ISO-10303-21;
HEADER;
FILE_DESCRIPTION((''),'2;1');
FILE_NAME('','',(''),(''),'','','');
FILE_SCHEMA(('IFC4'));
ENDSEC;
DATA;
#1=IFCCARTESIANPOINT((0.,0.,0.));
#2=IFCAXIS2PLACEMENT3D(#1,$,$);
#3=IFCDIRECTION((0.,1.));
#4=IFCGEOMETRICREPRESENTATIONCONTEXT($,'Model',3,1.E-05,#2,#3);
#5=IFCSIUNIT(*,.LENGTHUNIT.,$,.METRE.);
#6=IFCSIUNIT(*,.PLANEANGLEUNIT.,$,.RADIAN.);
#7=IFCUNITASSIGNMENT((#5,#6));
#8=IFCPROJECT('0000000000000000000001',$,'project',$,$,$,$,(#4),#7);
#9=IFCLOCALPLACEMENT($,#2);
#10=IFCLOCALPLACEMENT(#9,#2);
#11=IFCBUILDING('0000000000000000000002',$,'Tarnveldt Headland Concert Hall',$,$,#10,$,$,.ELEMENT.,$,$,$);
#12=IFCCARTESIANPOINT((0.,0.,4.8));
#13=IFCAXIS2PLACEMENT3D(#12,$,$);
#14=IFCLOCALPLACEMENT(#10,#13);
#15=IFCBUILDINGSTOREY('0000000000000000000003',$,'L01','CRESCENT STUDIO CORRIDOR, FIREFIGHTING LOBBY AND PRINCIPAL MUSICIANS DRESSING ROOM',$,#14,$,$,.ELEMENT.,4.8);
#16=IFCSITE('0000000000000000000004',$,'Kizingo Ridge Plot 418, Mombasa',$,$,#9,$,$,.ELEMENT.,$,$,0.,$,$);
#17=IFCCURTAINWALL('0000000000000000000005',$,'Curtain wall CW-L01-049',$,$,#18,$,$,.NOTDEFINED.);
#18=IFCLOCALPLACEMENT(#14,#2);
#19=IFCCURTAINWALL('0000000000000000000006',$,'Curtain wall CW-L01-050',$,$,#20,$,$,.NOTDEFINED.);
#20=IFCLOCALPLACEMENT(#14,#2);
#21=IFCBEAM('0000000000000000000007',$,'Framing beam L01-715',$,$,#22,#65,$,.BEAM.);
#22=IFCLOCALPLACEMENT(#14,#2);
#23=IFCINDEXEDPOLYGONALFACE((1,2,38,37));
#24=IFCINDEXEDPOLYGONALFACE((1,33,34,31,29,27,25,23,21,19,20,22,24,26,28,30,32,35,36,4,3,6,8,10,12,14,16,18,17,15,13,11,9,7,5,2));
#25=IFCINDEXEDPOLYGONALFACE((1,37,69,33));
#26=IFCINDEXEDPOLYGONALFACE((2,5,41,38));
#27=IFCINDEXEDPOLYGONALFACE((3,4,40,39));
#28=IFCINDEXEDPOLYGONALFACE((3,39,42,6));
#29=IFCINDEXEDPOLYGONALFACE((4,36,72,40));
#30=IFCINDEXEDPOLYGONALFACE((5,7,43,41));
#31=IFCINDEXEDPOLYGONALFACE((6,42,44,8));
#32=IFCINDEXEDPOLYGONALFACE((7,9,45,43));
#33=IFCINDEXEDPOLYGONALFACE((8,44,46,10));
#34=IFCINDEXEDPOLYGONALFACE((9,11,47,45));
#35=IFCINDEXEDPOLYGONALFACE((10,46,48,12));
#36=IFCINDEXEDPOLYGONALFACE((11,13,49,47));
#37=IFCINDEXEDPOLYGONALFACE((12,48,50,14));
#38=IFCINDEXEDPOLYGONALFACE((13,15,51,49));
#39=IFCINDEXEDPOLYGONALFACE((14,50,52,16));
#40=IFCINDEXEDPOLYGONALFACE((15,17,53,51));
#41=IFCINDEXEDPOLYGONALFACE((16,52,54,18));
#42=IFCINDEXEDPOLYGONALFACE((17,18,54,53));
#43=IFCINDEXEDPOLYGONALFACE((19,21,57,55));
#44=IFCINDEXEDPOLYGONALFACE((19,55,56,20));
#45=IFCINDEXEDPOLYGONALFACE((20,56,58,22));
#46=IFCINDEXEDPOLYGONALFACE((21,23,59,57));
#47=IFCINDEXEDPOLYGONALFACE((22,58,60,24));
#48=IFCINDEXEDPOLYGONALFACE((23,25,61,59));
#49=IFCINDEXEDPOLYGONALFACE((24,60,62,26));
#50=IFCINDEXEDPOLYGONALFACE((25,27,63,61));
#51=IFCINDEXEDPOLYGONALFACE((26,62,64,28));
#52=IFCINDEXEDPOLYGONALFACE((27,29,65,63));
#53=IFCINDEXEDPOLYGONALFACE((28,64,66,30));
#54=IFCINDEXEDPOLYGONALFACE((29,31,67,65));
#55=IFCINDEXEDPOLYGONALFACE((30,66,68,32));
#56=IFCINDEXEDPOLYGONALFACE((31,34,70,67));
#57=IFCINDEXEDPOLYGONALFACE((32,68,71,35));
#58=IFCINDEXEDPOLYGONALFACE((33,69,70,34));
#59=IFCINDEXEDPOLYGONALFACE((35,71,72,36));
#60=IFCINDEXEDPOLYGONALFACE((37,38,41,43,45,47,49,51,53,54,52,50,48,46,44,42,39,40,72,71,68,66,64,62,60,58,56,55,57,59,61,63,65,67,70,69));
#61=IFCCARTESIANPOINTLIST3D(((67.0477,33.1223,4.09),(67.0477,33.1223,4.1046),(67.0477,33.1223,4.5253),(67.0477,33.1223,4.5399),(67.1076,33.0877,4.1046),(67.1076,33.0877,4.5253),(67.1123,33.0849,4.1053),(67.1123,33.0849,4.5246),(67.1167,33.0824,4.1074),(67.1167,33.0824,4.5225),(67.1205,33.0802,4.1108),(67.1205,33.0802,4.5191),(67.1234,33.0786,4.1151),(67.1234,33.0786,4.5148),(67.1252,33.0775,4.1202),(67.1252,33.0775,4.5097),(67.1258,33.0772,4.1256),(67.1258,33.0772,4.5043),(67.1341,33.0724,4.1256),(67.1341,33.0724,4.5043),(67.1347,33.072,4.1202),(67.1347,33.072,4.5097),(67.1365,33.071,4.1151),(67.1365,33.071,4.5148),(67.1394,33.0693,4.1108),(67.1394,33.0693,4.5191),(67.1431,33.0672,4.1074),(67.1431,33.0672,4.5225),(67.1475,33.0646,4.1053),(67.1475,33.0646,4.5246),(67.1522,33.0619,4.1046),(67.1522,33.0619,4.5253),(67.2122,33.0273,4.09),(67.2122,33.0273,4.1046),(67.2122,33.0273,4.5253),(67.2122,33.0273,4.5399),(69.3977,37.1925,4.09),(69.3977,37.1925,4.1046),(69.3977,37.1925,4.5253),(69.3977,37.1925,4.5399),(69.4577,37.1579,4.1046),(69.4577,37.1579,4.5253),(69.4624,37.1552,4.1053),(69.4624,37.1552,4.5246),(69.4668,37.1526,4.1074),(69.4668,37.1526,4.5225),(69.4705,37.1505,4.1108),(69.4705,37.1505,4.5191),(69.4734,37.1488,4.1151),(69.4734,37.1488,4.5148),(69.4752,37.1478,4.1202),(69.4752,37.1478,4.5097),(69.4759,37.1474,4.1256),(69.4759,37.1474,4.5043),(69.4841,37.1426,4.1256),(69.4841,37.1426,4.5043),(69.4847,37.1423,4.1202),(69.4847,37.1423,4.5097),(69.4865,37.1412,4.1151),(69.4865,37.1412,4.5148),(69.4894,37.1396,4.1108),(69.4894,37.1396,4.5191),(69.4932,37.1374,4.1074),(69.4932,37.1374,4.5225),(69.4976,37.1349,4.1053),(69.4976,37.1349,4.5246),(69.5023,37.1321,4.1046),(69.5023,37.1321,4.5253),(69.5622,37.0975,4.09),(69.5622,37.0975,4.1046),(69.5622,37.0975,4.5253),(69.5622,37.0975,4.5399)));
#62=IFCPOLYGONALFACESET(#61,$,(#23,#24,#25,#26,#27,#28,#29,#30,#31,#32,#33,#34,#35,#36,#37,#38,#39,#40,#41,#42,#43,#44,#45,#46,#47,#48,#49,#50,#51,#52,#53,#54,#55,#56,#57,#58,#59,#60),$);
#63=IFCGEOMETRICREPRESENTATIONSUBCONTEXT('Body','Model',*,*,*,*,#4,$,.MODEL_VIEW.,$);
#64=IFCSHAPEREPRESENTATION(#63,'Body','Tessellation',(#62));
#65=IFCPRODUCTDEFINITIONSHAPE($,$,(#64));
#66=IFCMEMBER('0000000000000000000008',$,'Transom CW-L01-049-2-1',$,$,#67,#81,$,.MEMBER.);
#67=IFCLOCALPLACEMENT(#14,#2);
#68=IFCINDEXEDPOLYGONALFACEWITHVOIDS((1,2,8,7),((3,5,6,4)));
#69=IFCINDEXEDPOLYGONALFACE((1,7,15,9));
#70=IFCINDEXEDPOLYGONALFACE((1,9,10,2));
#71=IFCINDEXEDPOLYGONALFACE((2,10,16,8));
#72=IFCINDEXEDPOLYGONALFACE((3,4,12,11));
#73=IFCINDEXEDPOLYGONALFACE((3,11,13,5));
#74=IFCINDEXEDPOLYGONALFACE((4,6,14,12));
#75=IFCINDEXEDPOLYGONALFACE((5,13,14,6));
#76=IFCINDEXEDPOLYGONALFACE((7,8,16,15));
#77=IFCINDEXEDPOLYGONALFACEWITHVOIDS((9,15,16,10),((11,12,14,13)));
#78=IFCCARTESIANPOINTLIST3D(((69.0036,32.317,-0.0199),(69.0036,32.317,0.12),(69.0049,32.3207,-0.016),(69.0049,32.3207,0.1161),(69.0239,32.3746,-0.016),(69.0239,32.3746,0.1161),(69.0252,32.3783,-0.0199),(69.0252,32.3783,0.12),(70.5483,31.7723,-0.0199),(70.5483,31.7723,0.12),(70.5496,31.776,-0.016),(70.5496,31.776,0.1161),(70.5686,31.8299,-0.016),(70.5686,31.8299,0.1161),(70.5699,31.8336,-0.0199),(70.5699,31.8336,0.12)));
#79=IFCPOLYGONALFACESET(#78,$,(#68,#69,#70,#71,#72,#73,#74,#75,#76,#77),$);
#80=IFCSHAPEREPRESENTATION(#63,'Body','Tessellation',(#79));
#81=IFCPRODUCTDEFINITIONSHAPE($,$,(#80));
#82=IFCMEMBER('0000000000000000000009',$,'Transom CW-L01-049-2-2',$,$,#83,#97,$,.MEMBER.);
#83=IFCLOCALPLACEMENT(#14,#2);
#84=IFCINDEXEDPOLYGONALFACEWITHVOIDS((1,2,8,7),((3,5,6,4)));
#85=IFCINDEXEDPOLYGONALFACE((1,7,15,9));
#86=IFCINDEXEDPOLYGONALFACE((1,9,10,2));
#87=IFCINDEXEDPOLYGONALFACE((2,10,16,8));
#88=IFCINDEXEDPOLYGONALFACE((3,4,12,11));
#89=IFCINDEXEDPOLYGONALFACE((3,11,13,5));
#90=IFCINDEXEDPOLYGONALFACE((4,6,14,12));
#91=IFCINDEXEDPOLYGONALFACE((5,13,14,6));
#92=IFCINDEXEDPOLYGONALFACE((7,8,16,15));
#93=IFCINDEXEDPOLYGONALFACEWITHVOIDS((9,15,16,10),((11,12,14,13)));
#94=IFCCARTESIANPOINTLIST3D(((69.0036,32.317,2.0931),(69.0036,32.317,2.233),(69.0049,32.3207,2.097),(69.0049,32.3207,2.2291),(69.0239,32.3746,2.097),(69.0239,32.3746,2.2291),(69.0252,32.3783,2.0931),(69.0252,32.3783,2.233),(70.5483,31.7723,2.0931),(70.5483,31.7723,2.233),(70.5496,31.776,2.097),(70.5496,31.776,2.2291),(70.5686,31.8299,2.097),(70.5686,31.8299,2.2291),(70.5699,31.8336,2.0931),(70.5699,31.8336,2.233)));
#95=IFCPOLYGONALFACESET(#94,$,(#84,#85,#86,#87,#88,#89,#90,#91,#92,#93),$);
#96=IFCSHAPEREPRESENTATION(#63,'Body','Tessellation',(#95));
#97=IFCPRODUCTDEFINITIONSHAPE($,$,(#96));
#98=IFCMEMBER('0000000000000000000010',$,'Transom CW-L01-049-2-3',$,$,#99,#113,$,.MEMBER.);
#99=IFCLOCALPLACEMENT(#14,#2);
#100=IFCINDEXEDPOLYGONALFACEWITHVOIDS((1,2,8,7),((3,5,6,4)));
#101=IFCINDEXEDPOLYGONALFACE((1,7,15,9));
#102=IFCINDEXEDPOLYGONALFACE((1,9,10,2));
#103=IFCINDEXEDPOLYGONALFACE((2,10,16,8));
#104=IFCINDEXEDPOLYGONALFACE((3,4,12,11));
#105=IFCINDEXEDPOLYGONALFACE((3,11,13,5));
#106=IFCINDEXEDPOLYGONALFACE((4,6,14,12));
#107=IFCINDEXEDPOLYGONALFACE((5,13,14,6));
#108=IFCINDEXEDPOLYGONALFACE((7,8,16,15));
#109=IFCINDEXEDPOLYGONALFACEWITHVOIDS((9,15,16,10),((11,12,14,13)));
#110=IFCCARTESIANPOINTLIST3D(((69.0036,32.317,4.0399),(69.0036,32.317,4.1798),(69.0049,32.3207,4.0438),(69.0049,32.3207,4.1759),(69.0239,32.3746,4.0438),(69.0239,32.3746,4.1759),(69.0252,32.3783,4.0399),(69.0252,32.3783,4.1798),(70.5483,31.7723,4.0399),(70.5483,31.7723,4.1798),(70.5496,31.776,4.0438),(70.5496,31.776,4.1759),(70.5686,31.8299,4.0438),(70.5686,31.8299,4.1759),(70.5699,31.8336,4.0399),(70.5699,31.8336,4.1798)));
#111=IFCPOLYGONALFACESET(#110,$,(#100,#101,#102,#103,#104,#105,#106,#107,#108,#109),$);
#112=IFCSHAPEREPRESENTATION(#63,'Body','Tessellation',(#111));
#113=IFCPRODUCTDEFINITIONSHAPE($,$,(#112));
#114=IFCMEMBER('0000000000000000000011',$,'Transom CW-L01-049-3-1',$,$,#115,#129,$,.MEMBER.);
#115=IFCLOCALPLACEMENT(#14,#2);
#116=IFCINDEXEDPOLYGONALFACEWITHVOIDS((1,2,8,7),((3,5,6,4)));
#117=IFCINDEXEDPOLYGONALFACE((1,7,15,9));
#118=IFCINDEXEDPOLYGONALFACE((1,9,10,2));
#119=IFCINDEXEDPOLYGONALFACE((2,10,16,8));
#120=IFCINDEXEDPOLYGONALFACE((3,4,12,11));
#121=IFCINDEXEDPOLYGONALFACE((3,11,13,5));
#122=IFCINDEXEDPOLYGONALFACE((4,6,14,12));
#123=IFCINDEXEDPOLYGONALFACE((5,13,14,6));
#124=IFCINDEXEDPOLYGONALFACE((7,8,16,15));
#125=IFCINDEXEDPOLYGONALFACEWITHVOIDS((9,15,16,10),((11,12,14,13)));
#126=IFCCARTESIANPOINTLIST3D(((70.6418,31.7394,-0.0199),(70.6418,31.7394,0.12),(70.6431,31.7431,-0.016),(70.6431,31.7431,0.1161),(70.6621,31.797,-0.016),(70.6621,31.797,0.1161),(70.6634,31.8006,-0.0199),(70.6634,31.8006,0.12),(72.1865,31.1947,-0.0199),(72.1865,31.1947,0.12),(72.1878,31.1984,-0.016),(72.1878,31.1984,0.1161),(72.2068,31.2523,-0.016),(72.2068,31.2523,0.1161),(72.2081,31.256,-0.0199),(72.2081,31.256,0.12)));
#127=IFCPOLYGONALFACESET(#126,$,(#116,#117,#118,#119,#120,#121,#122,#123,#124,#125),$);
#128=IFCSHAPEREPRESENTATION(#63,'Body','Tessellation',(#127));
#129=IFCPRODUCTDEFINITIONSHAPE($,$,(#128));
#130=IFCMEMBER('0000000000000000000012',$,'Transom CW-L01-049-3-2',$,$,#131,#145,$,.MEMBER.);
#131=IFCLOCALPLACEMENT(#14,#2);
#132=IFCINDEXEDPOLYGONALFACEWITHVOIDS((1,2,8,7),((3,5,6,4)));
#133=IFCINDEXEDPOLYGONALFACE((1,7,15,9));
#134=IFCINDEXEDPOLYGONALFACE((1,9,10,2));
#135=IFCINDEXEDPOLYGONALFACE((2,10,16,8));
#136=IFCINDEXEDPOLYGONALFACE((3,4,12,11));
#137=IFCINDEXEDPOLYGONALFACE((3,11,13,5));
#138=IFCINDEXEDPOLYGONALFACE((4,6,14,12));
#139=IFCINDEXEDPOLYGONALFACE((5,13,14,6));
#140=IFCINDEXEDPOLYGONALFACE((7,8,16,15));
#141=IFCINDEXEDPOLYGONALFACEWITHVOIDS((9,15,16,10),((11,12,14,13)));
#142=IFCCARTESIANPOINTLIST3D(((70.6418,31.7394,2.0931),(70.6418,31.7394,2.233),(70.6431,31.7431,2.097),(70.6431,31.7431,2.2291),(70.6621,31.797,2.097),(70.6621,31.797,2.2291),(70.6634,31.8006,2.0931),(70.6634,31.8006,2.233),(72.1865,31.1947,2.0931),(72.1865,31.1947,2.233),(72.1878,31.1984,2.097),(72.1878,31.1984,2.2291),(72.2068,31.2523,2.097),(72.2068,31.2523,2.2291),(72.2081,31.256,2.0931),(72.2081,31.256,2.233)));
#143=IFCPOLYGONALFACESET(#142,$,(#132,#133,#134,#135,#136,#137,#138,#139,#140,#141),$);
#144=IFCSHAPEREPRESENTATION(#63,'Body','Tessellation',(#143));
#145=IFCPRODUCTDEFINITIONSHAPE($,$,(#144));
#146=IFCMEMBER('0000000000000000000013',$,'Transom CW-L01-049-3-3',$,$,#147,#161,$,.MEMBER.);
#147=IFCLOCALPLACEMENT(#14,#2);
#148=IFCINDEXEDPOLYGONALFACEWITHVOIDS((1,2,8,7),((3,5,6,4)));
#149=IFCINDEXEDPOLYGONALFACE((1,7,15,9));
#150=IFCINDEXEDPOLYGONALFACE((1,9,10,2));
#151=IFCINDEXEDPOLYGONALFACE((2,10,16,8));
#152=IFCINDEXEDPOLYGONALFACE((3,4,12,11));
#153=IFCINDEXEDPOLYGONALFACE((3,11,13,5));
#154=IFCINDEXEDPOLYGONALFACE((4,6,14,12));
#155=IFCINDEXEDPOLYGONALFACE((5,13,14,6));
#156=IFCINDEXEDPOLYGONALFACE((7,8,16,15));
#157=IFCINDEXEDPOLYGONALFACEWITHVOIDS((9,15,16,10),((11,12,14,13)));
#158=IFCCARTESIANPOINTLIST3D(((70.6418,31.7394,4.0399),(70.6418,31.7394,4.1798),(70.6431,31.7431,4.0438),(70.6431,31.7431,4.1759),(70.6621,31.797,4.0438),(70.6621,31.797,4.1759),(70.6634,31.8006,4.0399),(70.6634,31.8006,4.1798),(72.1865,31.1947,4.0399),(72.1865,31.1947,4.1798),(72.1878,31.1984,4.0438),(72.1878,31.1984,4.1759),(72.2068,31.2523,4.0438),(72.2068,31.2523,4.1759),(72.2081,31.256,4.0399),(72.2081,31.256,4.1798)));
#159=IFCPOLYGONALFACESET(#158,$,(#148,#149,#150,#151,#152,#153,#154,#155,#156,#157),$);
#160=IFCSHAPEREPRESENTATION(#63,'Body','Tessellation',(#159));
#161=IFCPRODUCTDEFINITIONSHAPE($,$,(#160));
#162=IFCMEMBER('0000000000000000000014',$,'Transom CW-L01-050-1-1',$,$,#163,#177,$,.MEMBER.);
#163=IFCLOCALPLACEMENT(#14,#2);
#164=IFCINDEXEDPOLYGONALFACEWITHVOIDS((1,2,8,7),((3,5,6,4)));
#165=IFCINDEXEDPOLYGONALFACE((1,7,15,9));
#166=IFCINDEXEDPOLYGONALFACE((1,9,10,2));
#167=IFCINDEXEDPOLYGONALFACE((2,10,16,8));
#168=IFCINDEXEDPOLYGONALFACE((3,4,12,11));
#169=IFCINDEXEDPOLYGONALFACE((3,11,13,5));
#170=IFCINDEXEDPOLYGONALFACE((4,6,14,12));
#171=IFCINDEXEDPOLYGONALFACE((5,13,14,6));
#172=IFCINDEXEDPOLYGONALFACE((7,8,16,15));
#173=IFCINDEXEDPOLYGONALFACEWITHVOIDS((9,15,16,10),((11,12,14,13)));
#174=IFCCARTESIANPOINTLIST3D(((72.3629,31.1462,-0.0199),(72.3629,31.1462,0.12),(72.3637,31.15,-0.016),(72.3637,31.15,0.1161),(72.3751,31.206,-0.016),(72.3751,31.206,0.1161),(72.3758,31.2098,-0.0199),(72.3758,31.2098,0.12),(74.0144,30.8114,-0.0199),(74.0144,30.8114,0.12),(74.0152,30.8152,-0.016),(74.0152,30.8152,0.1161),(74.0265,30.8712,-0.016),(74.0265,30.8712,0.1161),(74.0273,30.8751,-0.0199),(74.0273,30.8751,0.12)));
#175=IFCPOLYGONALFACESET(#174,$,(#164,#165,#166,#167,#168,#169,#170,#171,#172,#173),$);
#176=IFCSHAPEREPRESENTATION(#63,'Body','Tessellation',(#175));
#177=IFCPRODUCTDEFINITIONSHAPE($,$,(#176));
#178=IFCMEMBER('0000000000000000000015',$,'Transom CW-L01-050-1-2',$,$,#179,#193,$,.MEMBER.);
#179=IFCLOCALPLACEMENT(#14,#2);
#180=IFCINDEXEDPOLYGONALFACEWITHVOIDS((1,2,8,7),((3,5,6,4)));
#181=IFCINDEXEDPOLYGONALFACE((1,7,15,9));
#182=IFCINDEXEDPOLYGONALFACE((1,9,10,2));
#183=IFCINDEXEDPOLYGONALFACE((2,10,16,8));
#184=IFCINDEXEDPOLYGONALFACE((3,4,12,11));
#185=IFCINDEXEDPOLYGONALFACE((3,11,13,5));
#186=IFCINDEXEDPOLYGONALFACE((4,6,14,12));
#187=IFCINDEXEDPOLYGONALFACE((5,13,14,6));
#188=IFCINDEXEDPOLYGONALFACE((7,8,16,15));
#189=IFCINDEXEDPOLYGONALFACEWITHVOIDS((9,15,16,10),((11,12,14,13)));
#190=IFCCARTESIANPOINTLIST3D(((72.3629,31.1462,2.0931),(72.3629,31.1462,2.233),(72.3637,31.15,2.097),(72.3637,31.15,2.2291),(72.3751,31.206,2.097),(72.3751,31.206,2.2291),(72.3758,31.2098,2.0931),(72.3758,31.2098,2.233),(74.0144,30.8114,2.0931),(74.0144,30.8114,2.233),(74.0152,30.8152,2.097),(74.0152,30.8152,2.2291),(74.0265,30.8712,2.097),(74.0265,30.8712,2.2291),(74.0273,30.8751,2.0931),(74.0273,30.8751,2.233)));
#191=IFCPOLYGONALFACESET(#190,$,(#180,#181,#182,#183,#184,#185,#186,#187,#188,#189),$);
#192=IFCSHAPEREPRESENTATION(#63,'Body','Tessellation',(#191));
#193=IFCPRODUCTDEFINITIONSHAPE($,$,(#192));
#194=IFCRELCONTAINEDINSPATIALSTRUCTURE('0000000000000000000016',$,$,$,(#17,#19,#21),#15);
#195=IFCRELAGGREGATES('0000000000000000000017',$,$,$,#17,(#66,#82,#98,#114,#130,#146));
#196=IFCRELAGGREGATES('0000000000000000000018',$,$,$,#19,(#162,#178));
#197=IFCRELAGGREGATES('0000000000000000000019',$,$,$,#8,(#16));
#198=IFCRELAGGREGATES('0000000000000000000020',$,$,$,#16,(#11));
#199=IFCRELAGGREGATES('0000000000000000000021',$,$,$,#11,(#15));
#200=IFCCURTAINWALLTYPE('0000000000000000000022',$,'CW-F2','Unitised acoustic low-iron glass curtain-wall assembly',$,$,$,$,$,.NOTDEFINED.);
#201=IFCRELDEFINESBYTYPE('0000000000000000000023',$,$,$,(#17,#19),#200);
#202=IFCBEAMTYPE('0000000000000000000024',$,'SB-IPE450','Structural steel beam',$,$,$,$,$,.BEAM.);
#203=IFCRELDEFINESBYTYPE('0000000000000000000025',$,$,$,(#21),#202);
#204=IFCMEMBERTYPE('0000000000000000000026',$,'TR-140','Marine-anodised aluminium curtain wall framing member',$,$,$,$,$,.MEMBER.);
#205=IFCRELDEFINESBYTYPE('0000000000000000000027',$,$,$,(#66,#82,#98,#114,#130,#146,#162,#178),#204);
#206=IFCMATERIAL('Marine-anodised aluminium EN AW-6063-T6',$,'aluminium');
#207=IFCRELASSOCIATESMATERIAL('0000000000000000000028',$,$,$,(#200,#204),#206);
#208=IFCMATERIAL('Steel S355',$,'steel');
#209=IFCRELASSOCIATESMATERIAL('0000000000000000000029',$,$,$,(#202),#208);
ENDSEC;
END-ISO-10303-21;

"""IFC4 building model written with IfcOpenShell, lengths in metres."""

from ifc_helpers import new_model, si_unit, direction, frame, origin, origin_2d, place, context, subcontext, project, spatial, hollow_rectangle, i_section, extrude, material, material_profile, profile_set, type_object, element, aggregate, save


model = new_model("IFC4")

# Units and contexts
model_context = context("Model", 3, precision=1e-05, world=origin(), true_north=direction((0.0, 1.0)))
body_context = subcontext(model_context, "Body", "Model", "MODEL_VIEW")
ifc_project = project(units=[si_unit("LENGTHUNIT", "METRE"), si_unit("PLANEANGLEUNIT", "RADIAN")], contexts=[model_context])

# Site, building, storey
site_placement = place(None, origin())
site = spatial("IfcSite", under=ifc_project, at=site_placement, Name="Kizingo Ridge Plot 418, Mombasa", CompositionType="ELEMENT", RefElevation=0.0)
building_placement = place(site_placement, origin())
building = spatial("IfcBuilding", under=site, at=building_placement, Name="Tarnveldt Headland Concert Hall", CompositionType="ELEMENT")
storey_placement = place(building_placement, frame((0.0, 0.0, 4.8)))
storey = spatial("IfcBuildingStorey", under=building, at=storey_placement, Name="L01", Description="CRESCENT STUDIO CORRIDOR, FIREFIGHTING LOBBY AND PRINCIPAL MUSICIANS DRESSING ROOM", CompositionType="ELEMENT", Elevation=4.8)

# Curtain walls
ifc_material_1 = material(Name="Marine-anodised aluminium EN AW-6063-T6", Category="aluminium")
curtain_wall_type = type_object("IfcCurtainWallType", Name="CW-F2", Description="Unitised acoustic low-iron glass curtain-wall assembly", PredefinedType="NOTDEFINED", material=ifc_material_1)
curtain_wall_1_placement = place(storey_placement, origin())
curtain_wall_1 = element("IfcCurtainWall", 1, at=curtain_wall_1_placement, inside=storey, type_object=curtain_wall_type, Name="Curtain wall CW-L01-049", PredefinedType="NOTDEFINED")
curtain_wall_2_placement = place(storey_placement, origin())
curtain_wall_2 = element("IfcCurtainWall", 2, at=curtain_wall_2_placement, inside=storey, type_object=curtain_wall_type, Name="Curtain wall CW-L01-050", PredefinedType="NOTDEFINED")

# Beam
ifc_material_2 = material(Name="Steel S355", Category="steel")
ifc_material_profile_1 = material_profile(ifc_material_2, i_section(OverallWidth=0.1899, OverallDepth=0.45, WebThickness=0.0095, FlangeThickness=0.0146, FilletRadius=0.021, at=origin_2d()), Name="IPE450", Category="steel")
ifc_profile_set_1 = profile_set([ifc_material_profile_1], Name="Steel S355")
beam_type_1 = type_object("IfcBeamType", Name="SB-IPE450", Description="Structural steel beam", PredefinedType="BEAM", material=ifc_profile_set_1)
beam_1_placement = place(storey_placement, frame((69.48, 37.145, 4.3149), z_axis=(-0.500016, -0.866016, 0.0), x_axis=(0.866016, -0.500016, 0.0)))
element("IfcBeam", 3, at=beam_1_placement, inside=storey, type_object=beam_type_1, Name="Framing beam L01-715", PredefinedType="BEAM", context=body_context, shape_type="SweptSolid", body=[
    extrude(i_section(OverallWidth=0.1899, OverallDepth=0.45, WebThickness=0.0095, FlangeThickness=0.0146, FilletRadius=0.021, at=origin_2d()), origin(), (0.0, 0.0, 1.0), 4.7),
])

# Members
ifc_material_profile_2 = material_profile(ifc_material_1, hollow_rectangle(XDim=0.0649, YDim=0.1399, WallThickness=0.0039, at=origin_2d()), Name="ALU TRANSOM 65x140x4", Category="aluminium")
ifc_profile_set_2 = profile_set([ifc_material_profile_2], Name="Marine-anodised aluminium EN AW-6063-T6")
member_type_1 = type_object("IfcMemberType", Name="TR-140", Description="Marine-anodised aluminium curtain wall framing member", PredefinedType="MEMBER", material=ifc_profile_set_2)
member_1_placement = place(storey_placement, frame((69.0144, 32.3477, 0.05), z_axis=(0.943087, -0.332547, 0.0), x_axis=(0.332547, 0.943087, 0.0)))
member_1 = element("IfcMember", 4, at=member_1_placement, type_object=member_type_1, Name="Transom CW-L01-049-2-1", PredefinedType="MEMBER", context=body_context, shape_type="SweptSolid", body=[
    extrude(hollow_rectangle(XDim=0.0649, YDim=0.1399, WallThickness=0.0039, at=origin_2d()), origin(), (0.0, 0.0, 1.0), 1.6379),
])
member_2_placement = place(storey_placement, frame((69.0144, 32.3477, 2.1631), z_axis=(0.943087, -0.332547, 0.0), x_axis=(0.332547, 0.943087, 0.0)))
member_2 = element("IfcMember", 5, at=member_2_placement, type_object=member_type_1, Name="Transom CW-L01-049-2-2", PredefinedType="MEMBER", context=body_context, shape_type="SweptSolid", body=[
    extrude(hollow_rectangle(XDim=0.0649, YDim=0.1399, WallThickness=0.0039, at=origin_2d()), origin(), (0.0, 0.0, 1.0), 1.6379),
])
member_3_placement = place(storey_placement, frame((69.0144, 32.3477, 4.1099), z_axis=(0.943087, -0.332547, 0.0), x_axis=(0.332547, 0.943087, 0.0)))
member_3 = element("IfcMember", 6, at=member_3_placement, type_object=member_type_1, Name="Transom CW-L01-049-2-3", PredefinedType="MEMBER", context=body_context, shape_type="SweptSolid", body=[
    extrude(hollow_rectangle(XDim=0.0649, YDim=0.1399, WallThickness=0.0039, at=origin_2d()), origin(), (0.0, 0.0, 1.0), 1.6379),
])
member_4_placement = place(storey_placement, frame((70.6526, 31.77, 0.05), z_axis=(0.943087, -0.332547, 0.0), x_axis=(0.332547, 0.943087, 0.0)))
member_4 = element("IfcMember", 7, at=member_4_placement, type_object=member_type_1, Name="Transom CW-L01-049-3-1", PredefinedType="MEMBER", context=body_context, shape_type="SweptSolid", body=[
    extrude(hollow_rectangle(XDim=0.0649, YDim=0.1399, WallThickness=0.0039, at=origin_2d()), origin(), (0.0, 0.0, 1.0), 1.6379),
])
member_5_placement = place(storey_placement, frame((70.6526, 31.77, 2.1631), z_axis=(0.943087, -0.332547, 0.0), x_axis=(0.332547, 0.943087, 0.0)))
member_5 = element("IfcMember", 8, at=member_5_placement, type_object=member_type_1, Name="Transom CW-L01-049-3-2", PredefinedType="MEMBER", context=body_context, shape_type="SweptSolid", body=[
    extrude(hollow_rectangle(XDim=0.0649, YDim=0.1399, WallThickness=0.0039, at=origin_2d()), origin(), (0.0, 0.0, 1.0), 1.6379),
])
member_6_placement = place(storey_placement, frame((70.6526, 31.77, 4.1099), z_axis=(0.943087, -0.332547, 0.0), x_axis=(0.332547, 0.943087, 0.0)))
member_6 = element("IfcMember", 9, at=member_6_placement, type_object=member_type_1, Name="Transom CW-L01-049-3-3", PredefinedType="MEMBER", context=body_context, shape_type="SweptSolid", body=[
    extrude(hollow_rectangle(XDim=0.0649, YDim=0.1399, WallThickness=0.0039, at=origin_2d()), origin(), (0.0, 0.0, 1.0), 1.6379),
])
member_7_placement = place(storey_placement, frame((72.3694, 31.178, 0.05), z_axis=(0.98007, -0.198651, 0.0), x_axis=(0.198651, 0.98007, 0.0)))
member_7 = element("IfcMember", 10, at=member_7_placement, type_object=member_type_1, Name="Transom CW-L01-050-1-1", PredefinedType="MEMBER", context=body_context, shape_type="SweptSolid", body=[
    extrude(hollow_rectangle(XDim=0.0649, YDim=0.1399, WallThickness=0.0039, at=origin_2d()), origin(), (0.0, 0.0, 1.0), 1.6851),
])
member_8_placement = place(storey_placement, frame((72.3694, 31.178, 2.1631), z_axis=(0.98007, -0.198651, 0.0), x_axis=(0.198651, 0.98007, 0.0)))
member_8 = element("IfcMember", 11, at=member_8_placement, type_object=member_type_1, Name="Transom CW-L01-050-1-2", PredefinedType="MEMBER", context=body_context, shape_type="SweptSolid", body=[
    extrude(hollow_rectangle(XDim=0.0649, YDim=0.1399, WallThickness=0.0039, at=origin_2d()), origin(), (0.0, 0.0, 1.0), 1.6851),
])

aggregate(curtain_wall_1, [member_1, member_2, member_3, member_4, member_5, member_6])
aggregate(curtain_wall_2, [member_7, member_8])

save(model, "model.ifc")
